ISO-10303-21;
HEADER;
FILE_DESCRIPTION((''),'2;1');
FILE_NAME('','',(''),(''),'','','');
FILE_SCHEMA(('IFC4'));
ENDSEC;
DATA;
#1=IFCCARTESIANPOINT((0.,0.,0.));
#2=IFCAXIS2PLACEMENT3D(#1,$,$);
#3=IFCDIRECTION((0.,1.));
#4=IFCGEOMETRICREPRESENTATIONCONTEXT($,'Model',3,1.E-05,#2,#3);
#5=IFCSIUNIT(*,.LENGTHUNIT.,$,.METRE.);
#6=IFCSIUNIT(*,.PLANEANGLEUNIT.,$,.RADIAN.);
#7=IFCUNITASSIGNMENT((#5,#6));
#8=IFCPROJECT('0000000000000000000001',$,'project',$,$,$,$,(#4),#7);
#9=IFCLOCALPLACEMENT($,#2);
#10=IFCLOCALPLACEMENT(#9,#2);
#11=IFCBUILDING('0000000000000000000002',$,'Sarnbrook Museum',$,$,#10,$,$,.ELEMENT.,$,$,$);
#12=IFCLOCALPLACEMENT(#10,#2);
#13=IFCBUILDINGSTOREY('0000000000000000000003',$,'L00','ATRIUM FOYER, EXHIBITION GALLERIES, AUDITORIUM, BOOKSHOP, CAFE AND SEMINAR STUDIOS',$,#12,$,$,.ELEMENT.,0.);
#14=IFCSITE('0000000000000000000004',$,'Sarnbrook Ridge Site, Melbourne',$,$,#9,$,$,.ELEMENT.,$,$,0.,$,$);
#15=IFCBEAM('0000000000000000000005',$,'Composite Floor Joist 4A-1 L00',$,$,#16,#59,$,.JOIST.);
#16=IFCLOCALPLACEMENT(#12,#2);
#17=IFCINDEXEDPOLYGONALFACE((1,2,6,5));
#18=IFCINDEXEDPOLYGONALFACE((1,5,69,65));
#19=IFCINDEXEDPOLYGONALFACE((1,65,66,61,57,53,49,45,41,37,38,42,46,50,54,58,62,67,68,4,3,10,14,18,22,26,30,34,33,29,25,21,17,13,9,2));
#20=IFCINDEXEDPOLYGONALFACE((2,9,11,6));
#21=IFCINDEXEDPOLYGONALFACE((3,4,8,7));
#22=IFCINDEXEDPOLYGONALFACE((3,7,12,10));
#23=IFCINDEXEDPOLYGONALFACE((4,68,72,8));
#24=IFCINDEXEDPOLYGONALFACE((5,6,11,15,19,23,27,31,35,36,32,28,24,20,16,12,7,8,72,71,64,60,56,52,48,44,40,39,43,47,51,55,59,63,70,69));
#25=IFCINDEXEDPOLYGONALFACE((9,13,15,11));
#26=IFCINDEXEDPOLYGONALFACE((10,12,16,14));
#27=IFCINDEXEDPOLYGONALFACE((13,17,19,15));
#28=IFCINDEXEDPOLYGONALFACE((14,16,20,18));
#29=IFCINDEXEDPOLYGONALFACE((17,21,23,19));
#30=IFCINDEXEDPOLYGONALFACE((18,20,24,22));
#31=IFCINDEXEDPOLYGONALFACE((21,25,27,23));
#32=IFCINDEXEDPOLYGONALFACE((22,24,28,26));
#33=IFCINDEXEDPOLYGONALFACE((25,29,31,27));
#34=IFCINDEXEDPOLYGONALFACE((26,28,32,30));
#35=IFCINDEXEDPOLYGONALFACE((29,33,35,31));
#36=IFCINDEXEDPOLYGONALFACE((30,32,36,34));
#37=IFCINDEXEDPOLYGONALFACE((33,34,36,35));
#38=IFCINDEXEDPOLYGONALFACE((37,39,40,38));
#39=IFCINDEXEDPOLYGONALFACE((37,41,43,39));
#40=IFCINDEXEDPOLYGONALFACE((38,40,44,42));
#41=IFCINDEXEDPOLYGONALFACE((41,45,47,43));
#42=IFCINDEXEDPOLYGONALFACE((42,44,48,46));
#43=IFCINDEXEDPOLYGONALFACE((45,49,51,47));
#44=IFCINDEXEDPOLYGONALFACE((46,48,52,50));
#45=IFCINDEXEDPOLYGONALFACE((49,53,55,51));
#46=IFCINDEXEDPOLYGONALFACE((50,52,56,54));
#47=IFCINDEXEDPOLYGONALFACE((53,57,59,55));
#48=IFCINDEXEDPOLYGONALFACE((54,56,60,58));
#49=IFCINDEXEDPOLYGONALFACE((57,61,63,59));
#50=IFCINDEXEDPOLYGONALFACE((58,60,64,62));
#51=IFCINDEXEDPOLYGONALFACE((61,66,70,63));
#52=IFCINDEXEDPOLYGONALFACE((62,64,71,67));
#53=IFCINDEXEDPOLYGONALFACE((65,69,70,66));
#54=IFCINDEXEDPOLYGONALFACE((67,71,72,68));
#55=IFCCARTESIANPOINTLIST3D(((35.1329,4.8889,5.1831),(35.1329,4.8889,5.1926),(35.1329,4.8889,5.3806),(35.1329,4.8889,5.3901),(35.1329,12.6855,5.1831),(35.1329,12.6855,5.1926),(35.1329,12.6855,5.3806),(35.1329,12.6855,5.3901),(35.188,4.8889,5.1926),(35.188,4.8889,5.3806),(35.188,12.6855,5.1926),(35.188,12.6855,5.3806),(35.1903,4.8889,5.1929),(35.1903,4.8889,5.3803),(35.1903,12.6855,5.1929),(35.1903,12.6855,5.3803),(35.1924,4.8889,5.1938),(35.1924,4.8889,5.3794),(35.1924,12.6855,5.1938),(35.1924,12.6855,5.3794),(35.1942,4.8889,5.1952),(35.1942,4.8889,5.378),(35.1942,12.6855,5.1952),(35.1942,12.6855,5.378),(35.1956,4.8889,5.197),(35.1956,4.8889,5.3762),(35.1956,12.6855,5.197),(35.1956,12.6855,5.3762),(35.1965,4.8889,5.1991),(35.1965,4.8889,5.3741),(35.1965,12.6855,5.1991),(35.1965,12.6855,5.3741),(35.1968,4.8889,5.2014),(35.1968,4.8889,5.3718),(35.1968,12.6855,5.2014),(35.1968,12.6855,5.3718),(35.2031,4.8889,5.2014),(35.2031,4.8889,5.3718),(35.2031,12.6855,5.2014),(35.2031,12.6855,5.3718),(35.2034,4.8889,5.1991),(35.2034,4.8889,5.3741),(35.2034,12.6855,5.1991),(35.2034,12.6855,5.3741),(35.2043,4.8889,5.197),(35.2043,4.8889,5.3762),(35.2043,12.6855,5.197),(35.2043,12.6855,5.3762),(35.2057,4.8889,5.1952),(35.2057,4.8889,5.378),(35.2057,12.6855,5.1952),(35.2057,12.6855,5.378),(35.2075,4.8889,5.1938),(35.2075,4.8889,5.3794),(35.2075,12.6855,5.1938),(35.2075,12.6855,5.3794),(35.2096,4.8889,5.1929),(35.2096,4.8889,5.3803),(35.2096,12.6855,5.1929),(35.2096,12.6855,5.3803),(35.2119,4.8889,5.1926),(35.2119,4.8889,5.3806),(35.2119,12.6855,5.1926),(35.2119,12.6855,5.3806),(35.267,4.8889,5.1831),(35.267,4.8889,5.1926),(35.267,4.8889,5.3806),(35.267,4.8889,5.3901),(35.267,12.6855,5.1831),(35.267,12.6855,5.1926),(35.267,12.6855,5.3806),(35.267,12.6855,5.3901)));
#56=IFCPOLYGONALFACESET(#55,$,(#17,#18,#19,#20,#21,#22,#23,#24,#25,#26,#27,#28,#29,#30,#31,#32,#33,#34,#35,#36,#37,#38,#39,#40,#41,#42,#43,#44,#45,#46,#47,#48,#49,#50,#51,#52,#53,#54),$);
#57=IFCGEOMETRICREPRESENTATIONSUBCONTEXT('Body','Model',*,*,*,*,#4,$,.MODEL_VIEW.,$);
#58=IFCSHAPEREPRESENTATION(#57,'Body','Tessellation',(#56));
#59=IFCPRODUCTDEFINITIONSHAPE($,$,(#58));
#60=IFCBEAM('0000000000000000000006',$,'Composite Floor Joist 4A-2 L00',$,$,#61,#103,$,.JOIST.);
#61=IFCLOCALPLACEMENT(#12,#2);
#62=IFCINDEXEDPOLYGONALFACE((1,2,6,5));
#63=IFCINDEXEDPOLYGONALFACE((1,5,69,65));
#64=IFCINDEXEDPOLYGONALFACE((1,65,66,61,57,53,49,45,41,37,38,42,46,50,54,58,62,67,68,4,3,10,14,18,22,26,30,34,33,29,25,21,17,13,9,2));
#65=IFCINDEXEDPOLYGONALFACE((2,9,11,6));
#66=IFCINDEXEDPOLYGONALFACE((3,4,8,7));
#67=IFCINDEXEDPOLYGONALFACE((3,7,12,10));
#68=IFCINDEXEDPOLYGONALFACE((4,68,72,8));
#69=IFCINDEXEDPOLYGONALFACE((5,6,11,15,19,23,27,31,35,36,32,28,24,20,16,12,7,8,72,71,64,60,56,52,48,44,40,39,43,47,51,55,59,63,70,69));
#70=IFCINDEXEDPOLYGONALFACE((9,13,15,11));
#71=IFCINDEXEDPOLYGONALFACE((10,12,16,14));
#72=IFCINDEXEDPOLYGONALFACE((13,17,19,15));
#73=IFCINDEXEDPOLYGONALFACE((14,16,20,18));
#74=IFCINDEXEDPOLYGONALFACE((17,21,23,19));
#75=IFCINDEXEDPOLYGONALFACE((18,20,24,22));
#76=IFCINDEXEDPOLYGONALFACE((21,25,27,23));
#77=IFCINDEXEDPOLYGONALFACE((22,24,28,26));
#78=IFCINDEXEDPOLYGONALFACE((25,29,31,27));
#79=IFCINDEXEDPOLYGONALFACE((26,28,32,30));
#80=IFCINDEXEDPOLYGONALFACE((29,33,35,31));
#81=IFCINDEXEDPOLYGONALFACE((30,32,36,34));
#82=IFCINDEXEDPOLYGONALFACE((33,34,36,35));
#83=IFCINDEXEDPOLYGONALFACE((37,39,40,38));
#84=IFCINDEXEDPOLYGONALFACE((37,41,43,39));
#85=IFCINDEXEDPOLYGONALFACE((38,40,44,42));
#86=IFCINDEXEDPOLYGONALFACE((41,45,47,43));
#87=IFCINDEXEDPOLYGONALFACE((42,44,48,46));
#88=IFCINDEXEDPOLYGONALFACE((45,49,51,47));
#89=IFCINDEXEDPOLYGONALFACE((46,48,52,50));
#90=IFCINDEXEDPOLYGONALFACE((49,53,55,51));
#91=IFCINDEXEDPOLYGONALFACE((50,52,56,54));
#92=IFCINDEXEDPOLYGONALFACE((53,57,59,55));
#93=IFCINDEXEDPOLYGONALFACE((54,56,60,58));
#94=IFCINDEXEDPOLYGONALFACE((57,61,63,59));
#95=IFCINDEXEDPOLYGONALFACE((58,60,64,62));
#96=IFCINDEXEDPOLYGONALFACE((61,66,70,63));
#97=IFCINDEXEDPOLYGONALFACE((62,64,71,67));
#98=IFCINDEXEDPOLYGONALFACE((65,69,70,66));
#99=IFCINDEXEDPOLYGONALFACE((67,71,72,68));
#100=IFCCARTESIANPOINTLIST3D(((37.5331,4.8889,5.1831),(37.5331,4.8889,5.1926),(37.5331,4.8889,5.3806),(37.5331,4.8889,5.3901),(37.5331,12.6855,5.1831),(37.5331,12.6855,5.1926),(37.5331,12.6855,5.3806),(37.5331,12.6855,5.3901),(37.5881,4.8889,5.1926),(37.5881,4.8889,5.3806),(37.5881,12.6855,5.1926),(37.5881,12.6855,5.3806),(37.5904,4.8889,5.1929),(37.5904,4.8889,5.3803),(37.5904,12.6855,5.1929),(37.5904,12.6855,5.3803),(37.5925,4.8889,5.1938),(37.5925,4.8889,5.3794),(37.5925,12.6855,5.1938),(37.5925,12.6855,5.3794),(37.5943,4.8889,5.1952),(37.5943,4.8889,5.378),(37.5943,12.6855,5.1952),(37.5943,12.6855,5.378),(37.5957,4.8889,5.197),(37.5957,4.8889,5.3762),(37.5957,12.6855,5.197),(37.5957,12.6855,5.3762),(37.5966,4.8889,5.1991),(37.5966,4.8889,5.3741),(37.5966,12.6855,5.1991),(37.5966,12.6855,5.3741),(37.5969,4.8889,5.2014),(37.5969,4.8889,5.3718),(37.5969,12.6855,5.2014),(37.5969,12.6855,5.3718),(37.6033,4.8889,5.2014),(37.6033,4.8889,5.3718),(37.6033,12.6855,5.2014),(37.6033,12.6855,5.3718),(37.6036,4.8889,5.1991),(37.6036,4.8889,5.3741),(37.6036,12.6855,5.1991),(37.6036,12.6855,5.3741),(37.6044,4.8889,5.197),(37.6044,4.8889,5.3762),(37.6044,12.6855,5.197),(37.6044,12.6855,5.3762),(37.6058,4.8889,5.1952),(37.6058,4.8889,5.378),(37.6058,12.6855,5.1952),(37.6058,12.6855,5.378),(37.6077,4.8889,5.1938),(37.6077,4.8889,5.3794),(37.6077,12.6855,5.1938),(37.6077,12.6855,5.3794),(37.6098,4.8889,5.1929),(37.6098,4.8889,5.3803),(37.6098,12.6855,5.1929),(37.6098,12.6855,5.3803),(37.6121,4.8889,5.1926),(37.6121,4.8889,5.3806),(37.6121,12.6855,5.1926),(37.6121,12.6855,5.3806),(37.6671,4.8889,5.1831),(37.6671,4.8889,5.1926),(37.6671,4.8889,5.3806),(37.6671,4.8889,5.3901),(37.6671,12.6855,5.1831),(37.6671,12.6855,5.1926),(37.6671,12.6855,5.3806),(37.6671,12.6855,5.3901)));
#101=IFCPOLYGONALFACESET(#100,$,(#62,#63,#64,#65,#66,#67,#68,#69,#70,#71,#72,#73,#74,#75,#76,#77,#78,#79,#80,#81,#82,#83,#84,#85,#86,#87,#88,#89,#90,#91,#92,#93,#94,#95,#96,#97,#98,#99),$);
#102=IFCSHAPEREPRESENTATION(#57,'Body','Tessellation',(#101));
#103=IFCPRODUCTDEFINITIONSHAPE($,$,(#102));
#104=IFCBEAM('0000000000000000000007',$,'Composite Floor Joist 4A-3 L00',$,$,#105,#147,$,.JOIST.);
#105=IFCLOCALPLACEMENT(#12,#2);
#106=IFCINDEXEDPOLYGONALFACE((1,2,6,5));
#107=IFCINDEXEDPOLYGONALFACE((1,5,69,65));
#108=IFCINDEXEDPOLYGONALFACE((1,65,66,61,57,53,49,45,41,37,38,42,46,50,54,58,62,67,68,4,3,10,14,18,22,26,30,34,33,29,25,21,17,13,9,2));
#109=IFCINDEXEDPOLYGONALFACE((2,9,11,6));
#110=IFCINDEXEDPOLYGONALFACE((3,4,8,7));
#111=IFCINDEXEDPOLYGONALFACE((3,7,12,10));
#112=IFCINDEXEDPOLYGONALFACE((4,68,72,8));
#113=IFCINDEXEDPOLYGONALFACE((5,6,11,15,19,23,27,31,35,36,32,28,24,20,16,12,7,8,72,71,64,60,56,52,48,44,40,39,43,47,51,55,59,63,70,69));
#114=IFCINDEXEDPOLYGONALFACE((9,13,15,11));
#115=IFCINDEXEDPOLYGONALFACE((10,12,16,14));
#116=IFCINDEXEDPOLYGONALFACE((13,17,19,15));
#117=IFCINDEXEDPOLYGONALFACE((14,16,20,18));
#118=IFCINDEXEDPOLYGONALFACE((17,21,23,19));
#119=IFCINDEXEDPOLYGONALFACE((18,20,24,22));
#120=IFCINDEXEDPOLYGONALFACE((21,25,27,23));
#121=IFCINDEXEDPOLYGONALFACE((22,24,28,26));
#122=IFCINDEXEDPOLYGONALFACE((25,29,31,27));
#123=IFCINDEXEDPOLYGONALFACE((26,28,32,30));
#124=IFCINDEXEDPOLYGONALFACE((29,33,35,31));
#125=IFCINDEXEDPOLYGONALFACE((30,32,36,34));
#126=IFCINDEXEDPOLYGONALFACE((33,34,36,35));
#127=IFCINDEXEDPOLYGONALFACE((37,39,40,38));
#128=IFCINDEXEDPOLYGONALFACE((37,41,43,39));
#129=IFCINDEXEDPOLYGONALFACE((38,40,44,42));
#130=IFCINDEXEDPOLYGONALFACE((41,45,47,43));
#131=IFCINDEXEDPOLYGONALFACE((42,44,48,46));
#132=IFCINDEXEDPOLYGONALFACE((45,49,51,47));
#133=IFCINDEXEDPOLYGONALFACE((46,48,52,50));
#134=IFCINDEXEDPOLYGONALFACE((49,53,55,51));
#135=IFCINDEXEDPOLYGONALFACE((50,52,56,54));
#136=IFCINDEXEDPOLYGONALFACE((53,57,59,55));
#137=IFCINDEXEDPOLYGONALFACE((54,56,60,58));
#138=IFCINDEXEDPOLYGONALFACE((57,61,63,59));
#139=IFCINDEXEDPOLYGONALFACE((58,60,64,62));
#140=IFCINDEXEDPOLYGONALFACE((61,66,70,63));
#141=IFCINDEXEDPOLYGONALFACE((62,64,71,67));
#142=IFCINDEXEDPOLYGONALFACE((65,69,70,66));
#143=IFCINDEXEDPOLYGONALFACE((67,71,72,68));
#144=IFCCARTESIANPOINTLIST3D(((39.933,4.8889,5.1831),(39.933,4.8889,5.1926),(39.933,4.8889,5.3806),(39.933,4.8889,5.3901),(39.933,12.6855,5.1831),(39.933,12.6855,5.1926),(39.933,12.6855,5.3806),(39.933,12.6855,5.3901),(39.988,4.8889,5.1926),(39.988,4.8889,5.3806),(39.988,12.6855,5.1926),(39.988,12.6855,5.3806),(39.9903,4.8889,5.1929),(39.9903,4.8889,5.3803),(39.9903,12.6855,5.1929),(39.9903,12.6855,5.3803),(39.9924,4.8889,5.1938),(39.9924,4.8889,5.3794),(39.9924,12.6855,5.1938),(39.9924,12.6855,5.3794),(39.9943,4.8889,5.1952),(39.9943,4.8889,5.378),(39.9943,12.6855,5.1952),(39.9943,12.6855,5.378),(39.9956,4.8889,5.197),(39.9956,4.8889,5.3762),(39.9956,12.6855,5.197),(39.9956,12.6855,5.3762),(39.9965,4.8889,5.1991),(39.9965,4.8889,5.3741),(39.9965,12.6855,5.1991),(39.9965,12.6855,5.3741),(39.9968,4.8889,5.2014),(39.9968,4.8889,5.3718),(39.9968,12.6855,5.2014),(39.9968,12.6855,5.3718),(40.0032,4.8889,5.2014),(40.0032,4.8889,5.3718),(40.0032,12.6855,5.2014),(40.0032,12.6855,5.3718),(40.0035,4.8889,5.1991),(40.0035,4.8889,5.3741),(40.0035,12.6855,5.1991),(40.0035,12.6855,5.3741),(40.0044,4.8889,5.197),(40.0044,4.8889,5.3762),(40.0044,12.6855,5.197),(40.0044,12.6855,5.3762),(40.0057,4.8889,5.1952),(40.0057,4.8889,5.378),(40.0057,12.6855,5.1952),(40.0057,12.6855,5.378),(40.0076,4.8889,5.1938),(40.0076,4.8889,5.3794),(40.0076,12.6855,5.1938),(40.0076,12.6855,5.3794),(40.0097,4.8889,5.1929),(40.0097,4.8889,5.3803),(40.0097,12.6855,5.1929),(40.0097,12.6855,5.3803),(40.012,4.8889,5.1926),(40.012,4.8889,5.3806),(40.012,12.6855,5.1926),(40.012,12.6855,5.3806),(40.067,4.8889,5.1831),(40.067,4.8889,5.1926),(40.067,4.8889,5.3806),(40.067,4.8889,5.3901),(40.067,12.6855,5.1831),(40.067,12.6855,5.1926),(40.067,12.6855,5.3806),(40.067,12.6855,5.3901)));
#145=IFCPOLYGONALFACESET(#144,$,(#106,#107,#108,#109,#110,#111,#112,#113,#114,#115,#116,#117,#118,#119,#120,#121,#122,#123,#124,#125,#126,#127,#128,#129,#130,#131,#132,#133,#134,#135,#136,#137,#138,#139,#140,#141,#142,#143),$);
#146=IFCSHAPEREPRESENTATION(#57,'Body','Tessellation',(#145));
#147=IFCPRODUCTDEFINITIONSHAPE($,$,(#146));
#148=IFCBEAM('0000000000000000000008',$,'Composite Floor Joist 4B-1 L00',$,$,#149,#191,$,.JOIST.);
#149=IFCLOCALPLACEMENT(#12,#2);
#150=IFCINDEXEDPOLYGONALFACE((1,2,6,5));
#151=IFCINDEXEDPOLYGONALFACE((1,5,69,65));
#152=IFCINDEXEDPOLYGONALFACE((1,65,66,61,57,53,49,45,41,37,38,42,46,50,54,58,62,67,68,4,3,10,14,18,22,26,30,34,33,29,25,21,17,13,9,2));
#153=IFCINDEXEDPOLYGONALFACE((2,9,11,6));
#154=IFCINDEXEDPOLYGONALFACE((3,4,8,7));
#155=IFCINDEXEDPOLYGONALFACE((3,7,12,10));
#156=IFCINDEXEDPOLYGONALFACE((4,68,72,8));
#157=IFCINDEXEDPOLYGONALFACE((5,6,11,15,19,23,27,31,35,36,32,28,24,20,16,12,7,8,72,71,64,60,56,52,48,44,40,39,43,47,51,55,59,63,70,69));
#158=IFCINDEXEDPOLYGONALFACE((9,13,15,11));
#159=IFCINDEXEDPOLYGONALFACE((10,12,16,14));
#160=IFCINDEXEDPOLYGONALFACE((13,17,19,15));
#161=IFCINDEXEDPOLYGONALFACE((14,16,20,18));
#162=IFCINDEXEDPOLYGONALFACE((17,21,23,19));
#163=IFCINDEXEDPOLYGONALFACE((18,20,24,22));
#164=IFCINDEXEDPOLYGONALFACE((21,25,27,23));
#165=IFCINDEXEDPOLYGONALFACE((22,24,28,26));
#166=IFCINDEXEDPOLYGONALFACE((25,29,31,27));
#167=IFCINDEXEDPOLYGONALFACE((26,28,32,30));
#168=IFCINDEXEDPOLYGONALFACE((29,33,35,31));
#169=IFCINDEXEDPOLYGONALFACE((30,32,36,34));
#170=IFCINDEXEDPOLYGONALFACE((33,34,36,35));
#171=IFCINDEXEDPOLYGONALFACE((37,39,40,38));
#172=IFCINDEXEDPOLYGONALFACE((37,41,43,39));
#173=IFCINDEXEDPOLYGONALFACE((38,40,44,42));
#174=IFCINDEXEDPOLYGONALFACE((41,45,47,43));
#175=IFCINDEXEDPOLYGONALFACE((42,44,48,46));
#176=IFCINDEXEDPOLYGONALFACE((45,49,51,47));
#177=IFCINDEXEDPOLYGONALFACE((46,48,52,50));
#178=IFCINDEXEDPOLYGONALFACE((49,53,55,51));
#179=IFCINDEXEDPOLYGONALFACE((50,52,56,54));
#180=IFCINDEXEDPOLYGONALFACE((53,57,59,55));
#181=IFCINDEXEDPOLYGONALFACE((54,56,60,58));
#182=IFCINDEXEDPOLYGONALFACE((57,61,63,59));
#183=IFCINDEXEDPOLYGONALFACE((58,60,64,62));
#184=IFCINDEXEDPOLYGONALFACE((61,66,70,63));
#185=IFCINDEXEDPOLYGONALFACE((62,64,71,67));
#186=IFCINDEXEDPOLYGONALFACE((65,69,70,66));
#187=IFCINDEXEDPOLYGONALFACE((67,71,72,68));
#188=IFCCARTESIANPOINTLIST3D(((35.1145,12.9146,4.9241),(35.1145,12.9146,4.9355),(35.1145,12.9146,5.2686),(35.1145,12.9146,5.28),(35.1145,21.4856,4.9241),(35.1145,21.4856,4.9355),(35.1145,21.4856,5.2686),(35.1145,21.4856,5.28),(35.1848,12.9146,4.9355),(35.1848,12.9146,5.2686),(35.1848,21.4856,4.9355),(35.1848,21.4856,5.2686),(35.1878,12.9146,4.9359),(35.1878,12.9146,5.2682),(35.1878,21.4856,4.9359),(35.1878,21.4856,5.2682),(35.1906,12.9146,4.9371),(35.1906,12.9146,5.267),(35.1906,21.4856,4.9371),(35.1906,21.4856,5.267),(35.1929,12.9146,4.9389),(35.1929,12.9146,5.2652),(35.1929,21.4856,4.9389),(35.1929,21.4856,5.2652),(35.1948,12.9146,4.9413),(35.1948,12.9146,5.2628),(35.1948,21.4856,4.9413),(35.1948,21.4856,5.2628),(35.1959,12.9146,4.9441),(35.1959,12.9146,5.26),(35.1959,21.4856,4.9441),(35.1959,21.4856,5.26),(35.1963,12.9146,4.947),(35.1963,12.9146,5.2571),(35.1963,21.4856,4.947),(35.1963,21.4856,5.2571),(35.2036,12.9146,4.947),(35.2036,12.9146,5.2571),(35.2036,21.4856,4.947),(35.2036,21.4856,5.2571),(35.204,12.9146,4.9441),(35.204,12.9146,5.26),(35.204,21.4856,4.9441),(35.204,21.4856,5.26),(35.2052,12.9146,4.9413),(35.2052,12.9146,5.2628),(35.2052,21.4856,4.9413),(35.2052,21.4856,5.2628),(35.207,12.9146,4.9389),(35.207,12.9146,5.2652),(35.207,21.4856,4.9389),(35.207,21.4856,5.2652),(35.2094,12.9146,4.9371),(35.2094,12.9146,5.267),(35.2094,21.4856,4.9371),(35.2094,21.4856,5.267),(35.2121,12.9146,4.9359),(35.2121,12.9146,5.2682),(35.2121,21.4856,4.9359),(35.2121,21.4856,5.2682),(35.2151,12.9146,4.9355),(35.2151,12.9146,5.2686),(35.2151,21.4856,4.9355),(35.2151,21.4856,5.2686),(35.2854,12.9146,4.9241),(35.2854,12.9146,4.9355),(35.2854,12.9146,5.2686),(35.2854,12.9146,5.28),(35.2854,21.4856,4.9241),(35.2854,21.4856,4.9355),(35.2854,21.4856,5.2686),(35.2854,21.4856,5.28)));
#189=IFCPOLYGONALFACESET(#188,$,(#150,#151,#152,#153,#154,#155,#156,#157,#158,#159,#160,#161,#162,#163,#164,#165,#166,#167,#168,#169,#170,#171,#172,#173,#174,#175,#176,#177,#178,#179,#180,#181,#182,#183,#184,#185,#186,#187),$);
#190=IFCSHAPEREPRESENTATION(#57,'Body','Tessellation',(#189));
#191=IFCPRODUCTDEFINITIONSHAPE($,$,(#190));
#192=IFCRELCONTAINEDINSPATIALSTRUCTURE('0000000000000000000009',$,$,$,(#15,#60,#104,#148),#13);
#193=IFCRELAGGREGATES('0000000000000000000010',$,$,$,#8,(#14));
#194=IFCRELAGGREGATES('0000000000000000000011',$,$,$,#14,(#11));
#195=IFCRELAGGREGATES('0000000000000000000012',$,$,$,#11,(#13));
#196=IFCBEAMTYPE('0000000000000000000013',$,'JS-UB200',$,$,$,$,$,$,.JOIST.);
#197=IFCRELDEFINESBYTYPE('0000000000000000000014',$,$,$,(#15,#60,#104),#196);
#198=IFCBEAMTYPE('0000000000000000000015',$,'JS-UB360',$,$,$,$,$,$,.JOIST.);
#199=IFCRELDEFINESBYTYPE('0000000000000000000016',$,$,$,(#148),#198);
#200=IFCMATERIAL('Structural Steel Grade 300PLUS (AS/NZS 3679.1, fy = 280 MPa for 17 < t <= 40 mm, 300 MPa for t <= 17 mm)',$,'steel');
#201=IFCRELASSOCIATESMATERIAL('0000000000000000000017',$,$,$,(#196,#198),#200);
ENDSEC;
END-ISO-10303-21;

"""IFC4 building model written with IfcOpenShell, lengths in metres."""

from ifc_helpers import new_model, si_unit, direction, frame, origin, origin_2d, place, context, subcontext, project, spatial, i_section, extrude, material, material_profile, profile_set, type_object, element, save


model = new_model("IFC4")

# Units and contexts
model_context = context("Model", 3, precision=1e-05, world=origin(), true_north=direction((0.0, 1.0)))
body_context = subcontext(model_context, "Body", "Model", "MODEL_VIEW")
ifc_project = project(units=[si_unit("LENGTHUNIT", "METRE"), si_unit("PLANEANGLEUNIT", "RADIAN")], contexts=[model_context])

# Site, building, storey
site_placement = place(None, origin())
site = spatial("IfcSite", under=ifc_project, at=site_placement, Name="Sarnbrook Ridge Site, Melbourne", CompositionType="ELEMENT", RefElevation=0.0)
building_placement = place(site_placement, origin())
building = spatial("IfcBuilding", under=site, at=building_placement, Name="Sarnbrook Museum", CompositionType="ELEMENT")
storey_placement = place(building_placement, origin())
storey = spatial("IfcBuildingStorey", under=building, at=storey_placement, Name="L00", Description="ATRIUM FOYER, EXHIBITION GALLERIES, AUDITORIUM, BOOKSHOP, CAFE AND SEMINAR STUDIOS", CompositionType="ELEMENT", Elevation=0.0)

# Shared definitions
ifc_material_1 = material(Name="Structural Steel Grade 300PLUS (AS/NZS 3679.1, fy = 280 MPa for 17 < t <= 40 mm, 300 MPa for t <= 17 mm)", Category="steel")

# Beams
ifc_material_profile_1 = material_profile(ifc_material_1, i_section(OverallWidth=0.134, OverallDepth=0.207, WebThickness=0.0063, FlangeThickness=0.0095, FilletRadius=0.0088, at=origin_2d()), Name="200UB29.8")
ifc_profile_set_1 = profile_set([ifc_material_profile_1], Name="Structural Steel Grade 300PLUS (AS/NZS 3679.1, fy = 280 MPa for 17 < t <= 40 mm, 300 MPa for t <= 17 mm)")
beam_type_1 = type_object("IfcBeamType", Name="JS-UB200", PredefinedType="JOIST", material=ifc_profile_set_1)
for number, where, z_axis, x_axis, name in (
    (1, (35.2, 4.8889, 5.2866), (0.0, 1.0, 0.0), (-1.0, 0.0, 0.0), "Composite Floor Joist 4A-1 L00"),
    (2, (37.6001, 4.8889, 5.2866), (0.0, 1.0, 0.0), (-1.0, 0.0, 0.0), "Composite Floor Joist 4A-2 L00"),
    (3, (40.0, 4.8889, 5.2866), (0.0, 1.0, 0.0), (-1.0, 0.0, 0.0), "Composite Floor Joist 4A-3 L00"),
):
    element("IfcBeam", number, at=place(storey_placement, frame(where, z_axis=z_axis, x_axis=x_axis)), inside=storey, type_object=beam_type_1, Name=name, PredefinedType="JOIST", context=body_context, shape_type="SweptSolid", body=[
        extrude(i_section(OverallWidth=0.134, OverallDepth=0.207, WebThickness=0.0063, FlangeThickness=0.0095, FilletRadius=0.0088, at=origin_2d()), origin(), (0.0, 0.0, 1.0), 7.7966),
    ])
ifc_material_profile_2 = material_profile(ifc_material_1, i_section(OverallWidth=0.1709, OverallDepth=0.356, WebThickness=0.0073, FlangeThickness=0.0115, FilletRadius=0.0115, at=origin_2d()), Name="360UB50.7")
ifc_profile_set_2 = profile_set([ifc_material_profile_2], Name="Structural Steel Grade 300PLUS (AS/NZS 3679.1, fy = 280 MPa for 17 < t <= 40 mm, 300 MPa for t <= 17 mm)")
beam_type_2 = type_object("IfcBeamType", Name="JS-UB360", PredefinedType="JOIST", material=ifc_profile_set_2)
for number, where, z_axis, x_axis, name in (
    (4, (35.2, 12.9146, 5.1021), (0.0, 1.0, 0.0), (-1.0, 0.0, 0.0), "Composite Floor Joist 4B-1 L00"),
):
    element("IfcBeam", number, at=place(storey_placement, frame(where, z_axis=z_axis, x_axis=x_axis)), inside=storey, type_object=beam_type_2, Name=name, PredefinedType="JOIST", context=body_context, shape_type="SweptSolid", body=[
        extrude(i_section(OverallWidth=0.1709, OverallDepth=0.356, WebThickness=0.0073, FlangeThickness=0.0115, FilletRadius=0.0115, at=origin_2d()), origin(), (0.0, 0.0, 1.0), 8.571),
    ])

save(model, "model.ifc")
